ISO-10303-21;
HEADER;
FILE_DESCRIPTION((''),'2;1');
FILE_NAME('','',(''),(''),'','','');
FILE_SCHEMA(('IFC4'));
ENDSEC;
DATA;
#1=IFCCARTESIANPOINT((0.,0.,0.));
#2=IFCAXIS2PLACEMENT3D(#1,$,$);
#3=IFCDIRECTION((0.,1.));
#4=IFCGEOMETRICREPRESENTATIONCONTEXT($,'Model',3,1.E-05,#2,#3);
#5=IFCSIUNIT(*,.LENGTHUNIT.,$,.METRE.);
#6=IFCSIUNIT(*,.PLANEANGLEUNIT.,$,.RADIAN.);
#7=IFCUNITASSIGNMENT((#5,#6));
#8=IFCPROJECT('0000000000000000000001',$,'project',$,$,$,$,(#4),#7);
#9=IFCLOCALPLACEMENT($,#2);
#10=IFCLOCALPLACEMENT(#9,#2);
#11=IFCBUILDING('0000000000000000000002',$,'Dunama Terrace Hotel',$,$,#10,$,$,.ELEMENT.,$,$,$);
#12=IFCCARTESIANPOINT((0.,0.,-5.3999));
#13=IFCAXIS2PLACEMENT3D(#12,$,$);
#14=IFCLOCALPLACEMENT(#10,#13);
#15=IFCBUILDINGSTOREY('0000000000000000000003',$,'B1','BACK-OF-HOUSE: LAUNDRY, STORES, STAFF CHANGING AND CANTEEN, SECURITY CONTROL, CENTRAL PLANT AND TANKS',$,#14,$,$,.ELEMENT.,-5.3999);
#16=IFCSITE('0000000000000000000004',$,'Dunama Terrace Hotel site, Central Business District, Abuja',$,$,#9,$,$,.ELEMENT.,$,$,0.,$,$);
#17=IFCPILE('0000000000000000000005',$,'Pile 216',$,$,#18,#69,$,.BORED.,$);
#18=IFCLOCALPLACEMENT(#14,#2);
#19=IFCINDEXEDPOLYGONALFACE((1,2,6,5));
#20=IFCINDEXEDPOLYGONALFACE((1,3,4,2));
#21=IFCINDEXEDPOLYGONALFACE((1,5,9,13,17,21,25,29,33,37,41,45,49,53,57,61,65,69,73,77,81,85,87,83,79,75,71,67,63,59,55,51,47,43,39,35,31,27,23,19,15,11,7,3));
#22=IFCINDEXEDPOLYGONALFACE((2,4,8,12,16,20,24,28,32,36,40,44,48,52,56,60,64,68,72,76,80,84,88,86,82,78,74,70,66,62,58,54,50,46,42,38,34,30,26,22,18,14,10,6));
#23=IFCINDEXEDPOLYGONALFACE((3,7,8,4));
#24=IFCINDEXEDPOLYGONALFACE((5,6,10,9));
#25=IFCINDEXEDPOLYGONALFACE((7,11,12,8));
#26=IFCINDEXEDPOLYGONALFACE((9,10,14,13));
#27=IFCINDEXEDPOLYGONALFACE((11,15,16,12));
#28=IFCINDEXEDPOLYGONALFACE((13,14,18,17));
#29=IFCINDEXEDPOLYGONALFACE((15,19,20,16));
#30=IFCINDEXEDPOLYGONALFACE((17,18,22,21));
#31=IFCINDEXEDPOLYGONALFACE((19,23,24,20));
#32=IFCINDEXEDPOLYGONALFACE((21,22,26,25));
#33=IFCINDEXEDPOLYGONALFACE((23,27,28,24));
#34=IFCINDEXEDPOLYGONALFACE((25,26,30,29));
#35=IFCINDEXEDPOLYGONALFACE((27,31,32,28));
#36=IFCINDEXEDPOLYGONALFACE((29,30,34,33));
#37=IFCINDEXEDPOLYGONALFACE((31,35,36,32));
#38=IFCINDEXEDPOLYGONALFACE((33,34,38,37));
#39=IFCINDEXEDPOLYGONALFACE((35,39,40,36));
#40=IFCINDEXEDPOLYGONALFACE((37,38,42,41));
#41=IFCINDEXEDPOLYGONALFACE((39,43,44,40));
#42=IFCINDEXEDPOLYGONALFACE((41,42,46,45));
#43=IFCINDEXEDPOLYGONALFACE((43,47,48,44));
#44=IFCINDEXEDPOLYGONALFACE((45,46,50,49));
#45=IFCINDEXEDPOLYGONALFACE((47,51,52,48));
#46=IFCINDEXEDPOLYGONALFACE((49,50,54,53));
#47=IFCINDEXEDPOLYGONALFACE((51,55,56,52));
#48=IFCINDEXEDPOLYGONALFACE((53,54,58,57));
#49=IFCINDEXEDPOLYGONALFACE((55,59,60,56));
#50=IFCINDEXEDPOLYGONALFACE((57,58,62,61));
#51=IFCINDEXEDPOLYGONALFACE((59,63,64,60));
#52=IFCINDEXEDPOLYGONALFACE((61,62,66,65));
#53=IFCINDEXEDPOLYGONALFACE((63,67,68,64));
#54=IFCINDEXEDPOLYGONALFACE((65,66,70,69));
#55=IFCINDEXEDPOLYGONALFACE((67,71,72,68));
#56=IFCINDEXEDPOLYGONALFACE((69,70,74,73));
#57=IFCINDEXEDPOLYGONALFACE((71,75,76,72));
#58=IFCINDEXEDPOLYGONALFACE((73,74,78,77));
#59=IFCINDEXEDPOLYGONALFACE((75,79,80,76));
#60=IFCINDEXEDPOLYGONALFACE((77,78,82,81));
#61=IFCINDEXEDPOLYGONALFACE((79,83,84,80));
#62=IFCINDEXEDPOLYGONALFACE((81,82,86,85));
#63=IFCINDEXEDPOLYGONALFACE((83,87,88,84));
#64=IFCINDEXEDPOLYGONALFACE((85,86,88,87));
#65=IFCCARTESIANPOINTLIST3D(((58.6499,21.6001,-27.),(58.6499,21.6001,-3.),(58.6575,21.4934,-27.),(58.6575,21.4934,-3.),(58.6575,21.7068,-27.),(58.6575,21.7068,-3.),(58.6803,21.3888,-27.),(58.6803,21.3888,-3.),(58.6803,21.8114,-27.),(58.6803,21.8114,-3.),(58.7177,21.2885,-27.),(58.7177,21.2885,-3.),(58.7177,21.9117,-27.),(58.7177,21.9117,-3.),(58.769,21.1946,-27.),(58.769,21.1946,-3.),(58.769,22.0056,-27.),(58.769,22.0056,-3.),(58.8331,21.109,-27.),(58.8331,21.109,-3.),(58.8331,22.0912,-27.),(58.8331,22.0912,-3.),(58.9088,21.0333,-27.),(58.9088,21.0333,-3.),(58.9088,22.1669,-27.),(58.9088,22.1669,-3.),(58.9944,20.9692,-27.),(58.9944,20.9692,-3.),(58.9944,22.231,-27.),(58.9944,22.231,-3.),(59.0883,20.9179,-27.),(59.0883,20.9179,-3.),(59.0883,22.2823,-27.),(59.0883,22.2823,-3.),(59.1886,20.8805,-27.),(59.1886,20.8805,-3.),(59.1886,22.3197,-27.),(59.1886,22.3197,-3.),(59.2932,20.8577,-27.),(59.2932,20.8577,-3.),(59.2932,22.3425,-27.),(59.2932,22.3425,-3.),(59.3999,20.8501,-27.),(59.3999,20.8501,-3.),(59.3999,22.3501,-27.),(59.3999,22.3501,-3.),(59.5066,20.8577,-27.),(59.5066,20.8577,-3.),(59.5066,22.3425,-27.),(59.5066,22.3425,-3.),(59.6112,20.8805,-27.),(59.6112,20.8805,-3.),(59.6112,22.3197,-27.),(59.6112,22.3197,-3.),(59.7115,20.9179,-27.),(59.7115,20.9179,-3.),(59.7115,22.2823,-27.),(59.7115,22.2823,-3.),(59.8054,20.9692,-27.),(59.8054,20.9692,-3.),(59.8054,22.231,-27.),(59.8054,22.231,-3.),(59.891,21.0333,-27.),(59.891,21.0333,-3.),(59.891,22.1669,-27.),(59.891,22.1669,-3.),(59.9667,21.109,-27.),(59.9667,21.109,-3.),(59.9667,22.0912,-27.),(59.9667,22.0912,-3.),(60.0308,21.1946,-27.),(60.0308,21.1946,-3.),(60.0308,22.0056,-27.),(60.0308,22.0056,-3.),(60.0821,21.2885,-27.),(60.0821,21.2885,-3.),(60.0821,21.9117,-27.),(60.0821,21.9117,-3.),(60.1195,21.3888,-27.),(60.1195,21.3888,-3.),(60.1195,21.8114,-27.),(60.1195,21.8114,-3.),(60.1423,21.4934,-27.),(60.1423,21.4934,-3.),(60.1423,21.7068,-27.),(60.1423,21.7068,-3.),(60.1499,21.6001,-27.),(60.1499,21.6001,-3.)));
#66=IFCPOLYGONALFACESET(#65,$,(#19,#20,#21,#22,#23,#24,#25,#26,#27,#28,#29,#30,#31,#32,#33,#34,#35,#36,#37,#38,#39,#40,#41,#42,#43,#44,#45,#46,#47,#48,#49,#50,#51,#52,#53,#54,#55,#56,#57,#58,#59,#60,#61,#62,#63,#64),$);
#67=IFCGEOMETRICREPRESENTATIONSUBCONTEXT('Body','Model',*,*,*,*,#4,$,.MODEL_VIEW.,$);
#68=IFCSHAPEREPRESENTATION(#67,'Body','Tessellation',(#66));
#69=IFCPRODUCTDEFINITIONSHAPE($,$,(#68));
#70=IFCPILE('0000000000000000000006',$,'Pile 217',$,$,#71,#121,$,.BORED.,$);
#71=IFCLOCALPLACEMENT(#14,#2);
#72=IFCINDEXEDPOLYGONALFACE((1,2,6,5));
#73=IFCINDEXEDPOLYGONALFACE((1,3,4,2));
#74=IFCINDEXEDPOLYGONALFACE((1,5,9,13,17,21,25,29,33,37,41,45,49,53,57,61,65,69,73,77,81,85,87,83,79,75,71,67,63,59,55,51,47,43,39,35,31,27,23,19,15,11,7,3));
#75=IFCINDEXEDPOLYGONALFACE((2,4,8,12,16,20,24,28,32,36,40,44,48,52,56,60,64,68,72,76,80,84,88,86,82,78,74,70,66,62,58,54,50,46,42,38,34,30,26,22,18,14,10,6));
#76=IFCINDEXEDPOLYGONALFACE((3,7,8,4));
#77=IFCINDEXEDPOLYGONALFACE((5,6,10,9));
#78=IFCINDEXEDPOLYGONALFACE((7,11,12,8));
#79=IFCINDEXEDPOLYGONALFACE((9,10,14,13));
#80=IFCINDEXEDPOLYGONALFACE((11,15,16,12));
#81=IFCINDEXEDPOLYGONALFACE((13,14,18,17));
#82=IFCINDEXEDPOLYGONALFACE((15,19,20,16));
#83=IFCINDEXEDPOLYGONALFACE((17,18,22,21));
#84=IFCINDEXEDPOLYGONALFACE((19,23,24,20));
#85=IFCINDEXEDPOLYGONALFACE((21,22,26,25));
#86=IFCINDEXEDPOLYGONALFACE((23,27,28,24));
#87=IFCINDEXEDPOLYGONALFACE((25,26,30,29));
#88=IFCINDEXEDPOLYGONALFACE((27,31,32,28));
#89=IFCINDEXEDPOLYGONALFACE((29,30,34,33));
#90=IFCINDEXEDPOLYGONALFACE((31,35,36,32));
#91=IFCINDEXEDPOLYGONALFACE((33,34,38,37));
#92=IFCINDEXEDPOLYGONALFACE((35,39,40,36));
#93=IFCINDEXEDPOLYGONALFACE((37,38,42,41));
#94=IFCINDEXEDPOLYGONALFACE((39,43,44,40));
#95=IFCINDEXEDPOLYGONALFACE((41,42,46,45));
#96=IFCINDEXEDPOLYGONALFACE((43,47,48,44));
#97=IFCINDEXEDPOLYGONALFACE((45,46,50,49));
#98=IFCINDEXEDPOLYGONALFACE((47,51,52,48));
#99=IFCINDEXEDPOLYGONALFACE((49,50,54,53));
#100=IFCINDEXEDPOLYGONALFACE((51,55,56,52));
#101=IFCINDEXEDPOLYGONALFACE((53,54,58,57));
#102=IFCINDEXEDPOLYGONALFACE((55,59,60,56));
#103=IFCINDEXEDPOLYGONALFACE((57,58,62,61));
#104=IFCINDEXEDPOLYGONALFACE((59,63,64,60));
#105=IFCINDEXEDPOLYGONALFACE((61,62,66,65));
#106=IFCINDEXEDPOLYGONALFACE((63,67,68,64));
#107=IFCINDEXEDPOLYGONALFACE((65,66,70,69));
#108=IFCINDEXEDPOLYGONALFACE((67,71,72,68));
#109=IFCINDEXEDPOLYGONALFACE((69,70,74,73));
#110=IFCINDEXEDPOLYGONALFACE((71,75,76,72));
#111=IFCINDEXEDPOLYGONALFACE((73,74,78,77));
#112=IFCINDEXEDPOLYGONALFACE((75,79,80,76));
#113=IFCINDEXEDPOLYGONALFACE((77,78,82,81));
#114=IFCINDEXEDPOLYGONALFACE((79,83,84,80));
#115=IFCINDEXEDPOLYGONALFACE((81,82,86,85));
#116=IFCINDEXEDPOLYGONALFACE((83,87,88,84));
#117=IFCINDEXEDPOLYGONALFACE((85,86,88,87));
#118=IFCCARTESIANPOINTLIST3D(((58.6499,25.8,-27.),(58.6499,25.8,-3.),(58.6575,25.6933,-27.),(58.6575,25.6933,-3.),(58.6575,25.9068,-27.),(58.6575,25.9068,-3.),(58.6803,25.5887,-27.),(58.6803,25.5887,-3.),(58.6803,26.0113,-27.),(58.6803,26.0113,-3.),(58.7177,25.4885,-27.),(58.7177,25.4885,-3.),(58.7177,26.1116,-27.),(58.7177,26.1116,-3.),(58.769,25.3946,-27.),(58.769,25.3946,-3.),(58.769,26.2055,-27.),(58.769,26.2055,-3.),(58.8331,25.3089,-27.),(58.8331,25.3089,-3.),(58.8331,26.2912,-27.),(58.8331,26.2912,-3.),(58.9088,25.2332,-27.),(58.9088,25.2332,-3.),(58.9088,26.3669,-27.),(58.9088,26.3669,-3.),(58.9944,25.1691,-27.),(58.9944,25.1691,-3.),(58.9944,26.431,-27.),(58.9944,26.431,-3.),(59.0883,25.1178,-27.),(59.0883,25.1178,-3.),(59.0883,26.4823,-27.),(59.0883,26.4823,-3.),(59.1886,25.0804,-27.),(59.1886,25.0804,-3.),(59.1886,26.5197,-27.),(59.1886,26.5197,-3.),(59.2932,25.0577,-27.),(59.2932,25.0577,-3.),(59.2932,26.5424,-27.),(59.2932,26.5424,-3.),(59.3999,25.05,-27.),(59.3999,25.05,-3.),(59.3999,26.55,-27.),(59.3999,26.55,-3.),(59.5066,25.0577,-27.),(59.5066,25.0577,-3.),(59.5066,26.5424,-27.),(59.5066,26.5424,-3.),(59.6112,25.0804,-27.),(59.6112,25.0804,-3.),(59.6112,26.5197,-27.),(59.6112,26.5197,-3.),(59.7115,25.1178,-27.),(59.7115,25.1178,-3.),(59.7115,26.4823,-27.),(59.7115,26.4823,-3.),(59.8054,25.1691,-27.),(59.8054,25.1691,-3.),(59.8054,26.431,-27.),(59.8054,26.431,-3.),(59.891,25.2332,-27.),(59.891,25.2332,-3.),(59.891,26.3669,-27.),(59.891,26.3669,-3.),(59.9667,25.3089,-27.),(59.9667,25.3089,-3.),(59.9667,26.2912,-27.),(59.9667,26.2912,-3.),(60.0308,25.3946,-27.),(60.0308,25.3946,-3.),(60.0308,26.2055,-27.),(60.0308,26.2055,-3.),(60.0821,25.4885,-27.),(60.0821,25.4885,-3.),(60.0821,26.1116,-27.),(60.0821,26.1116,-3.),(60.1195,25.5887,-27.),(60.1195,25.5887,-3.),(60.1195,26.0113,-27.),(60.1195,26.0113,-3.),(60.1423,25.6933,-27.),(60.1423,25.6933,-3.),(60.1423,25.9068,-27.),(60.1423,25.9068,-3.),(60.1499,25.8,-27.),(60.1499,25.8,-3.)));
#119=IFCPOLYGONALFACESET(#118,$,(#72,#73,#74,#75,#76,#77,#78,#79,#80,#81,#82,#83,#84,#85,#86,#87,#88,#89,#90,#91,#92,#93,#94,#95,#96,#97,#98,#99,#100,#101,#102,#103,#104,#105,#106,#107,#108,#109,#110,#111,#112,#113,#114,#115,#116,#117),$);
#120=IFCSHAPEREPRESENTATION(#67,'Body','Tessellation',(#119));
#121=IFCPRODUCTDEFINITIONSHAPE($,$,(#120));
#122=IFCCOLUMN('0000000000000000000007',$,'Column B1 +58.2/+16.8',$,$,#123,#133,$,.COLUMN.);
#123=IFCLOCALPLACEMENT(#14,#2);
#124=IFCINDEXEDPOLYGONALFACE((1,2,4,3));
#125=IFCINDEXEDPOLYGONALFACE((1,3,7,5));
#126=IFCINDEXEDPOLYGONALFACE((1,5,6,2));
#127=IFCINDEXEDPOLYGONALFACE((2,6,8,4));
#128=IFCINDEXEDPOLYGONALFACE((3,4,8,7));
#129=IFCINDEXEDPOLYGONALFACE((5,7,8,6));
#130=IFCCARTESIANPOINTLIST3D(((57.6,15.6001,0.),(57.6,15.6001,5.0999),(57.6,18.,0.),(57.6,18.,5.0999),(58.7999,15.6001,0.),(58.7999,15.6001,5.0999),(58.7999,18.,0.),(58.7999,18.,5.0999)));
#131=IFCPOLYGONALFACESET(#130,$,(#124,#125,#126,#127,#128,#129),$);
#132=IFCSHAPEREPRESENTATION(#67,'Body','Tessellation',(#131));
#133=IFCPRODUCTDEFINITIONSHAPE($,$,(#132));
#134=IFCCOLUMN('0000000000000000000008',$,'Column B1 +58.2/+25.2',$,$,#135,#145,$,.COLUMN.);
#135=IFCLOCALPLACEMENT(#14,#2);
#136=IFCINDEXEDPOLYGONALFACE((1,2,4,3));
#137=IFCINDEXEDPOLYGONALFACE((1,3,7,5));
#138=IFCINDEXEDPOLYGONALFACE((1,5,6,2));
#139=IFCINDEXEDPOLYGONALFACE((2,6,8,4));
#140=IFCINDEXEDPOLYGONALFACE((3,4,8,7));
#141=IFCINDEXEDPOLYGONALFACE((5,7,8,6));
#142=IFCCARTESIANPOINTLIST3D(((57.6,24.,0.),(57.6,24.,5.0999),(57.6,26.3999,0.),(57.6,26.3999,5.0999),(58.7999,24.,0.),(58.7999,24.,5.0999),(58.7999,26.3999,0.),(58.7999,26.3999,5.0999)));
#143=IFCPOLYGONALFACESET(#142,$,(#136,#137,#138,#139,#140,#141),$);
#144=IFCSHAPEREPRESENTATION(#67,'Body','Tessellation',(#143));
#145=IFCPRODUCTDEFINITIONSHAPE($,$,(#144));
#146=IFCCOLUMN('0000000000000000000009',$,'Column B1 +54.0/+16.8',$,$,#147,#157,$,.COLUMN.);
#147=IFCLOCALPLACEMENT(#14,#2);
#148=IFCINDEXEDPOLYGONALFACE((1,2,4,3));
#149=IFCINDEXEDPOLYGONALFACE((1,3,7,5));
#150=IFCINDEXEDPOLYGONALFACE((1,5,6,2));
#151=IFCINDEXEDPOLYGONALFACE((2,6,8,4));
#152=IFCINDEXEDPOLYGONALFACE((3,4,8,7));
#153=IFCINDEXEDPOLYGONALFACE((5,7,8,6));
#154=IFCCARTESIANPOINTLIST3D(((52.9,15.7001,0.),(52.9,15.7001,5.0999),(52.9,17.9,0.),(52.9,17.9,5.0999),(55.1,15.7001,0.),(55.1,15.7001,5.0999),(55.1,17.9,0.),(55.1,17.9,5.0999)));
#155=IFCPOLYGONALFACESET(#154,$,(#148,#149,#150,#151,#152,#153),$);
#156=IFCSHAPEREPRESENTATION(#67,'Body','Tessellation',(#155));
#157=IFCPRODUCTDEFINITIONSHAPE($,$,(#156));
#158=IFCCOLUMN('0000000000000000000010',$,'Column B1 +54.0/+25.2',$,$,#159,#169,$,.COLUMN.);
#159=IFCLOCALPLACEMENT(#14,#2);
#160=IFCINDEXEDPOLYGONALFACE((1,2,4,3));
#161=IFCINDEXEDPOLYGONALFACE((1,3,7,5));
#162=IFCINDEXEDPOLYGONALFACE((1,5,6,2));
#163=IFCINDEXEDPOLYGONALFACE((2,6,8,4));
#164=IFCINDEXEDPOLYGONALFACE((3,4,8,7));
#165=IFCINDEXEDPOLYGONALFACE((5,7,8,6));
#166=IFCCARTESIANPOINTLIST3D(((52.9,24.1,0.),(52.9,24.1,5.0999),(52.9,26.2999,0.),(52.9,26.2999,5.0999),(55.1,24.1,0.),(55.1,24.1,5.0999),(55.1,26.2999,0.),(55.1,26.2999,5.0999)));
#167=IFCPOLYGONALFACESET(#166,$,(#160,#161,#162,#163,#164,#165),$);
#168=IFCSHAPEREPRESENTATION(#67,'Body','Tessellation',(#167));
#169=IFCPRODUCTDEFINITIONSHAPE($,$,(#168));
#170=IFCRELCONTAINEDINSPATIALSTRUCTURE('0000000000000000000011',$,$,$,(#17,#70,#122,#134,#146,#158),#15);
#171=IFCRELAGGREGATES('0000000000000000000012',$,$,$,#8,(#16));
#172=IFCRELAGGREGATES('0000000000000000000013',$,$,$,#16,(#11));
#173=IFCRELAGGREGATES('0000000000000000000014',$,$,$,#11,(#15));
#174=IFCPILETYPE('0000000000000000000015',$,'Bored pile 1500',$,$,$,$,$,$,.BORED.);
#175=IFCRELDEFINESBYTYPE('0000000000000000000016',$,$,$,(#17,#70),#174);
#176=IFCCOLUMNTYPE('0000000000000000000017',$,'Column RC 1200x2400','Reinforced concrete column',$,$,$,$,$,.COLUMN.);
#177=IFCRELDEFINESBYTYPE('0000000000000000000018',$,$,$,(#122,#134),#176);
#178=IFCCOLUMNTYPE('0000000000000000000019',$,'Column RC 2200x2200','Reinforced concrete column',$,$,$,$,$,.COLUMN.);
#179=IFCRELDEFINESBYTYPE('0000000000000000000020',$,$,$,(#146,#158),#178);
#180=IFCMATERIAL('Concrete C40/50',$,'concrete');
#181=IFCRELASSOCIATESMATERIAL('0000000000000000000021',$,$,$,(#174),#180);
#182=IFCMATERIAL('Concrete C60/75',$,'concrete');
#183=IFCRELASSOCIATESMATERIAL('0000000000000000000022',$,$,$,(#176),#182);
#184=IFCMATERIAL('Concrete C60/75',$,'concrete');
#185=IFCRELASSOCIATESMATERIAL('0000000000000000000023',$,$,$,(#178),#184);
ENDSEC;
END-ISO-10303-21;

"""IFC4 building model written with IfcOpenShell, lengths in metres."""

from ifc_helpers import new_model, si_unit, direction, frame, origin, origin_2d, place, context, subcontext, project, spatial, rectangle, circle, extrude, material, material_profile, profile_set, type_object, element, save


model = new_model("IFC4")

# Units and contexts
model_context = context("Model", 3, precision=1e-05, world=origin(), true_north=direction((0.0, 1.0)))
body_context = subcontext(model_context, "Body", "Model", "MODEL_VIEW")
ifc_project = project(units=[si_unit("LENGTHUNIT", "METRE"), si_unit("PLANEANGLEUNIT", "RADIAN")], contexts=[model_context])

# Site, building, storey
site_placement = place(None, origin())
site = spatial("IfcSite", under=ifc_project, at=site_placement, Name="Dunama Terrace Hotel site, Central Business District, Abuja", CompositionType="ELEMENT", RefElevation=0.0)
building_placement = place(site_placement, origin())
building = spatial("IfcBuilding", under=site, at=building_placement, Name="Dunama Terrace Hotel", CompositionType="ELEMENT")
storey_placement = place(building_placement, frame((0.0, 0.0, -5.3999)))
storey = spatial("IfcBuildingStorey", under=building, at=storey_placement, Name="B1", Description="BACK-OF-HOUSE: LAUNDRY, STORES, STAFF CHANGING AND CANTEEN, SECURITY CONTROL, CENTRAL PLANT AND TANKS", CompositionType="ELEMENT", Elevation=-5.3999)

# Piles
ifc_material_1 = material(Name="Concrete C40/50", Category="concrete")
ifc_material_profile_1 = material_profile(ifc_material_1, circle(Radius=0.75, at=origin_2d()), Name="PILE D1500")
ifc_profile_set_1 = profile_set([ifc_material_profile_1], Name="Concrete C40/50")
pile_type = type_object("IfcPileType", Name="Bored pile 1500", PredefinedType="BORED", material=ifc_profile_set_1)
for number, where, z_axis, x_axis, name in (
    (1, (59.3999, 21.6001, -3.0), (0.0, 0.0, -1.0), (1.0, 0.0, 0.0), "Pile 216"),
    (2, (59.3999, 25.8, -3.0), (0.0, 0.0, -1.0), (1.0, 0.0, 0.0), "Pile 217"),
):
    element("IfcPile", number, at=place(storey_placement, frame(where, z_axis=z_axis, x_axis=x_axis)), inside=storey, type_object=pile_type, Name=name, PredefinedType="BORED", context=body_context, shape_type="SweptSolid", body=[
        extrude(circle(Radius=0.75, at=origin_2d()), origin(), (0.0, 0.0, 1.0), 24.0),
    ])

# Columns
ifc_material_2 = material(Name="Concrete C60/75", Category="concrete")
ifc_material_profile_2 = material_profile(ifc_material_2, rectangle(XDim=1.2, YDim=2.3999, at=origin_2d()), Name="RC 1200x2400")
ifc_profile_set_2 = profile_set([ifc_material_profile_2], Name="Concrete C60/75")
column_type_1 = type_object("IfcColumnType", Name="Column RC 1200x2400", Description="Reinforced concrete column", PredefinedType="COLUMN", material=ifc_profile_set_2)
for number, where, z_axis, x_axis, name in (
    (3, (58.2, 16.8, 0.0), (0.0, 0.0, 1.0), (1.0, 0.0, 0.0), "Column B1 +58.2/+16.8"),
    (4, (58.2, 25.2, 0.0), (0.0, 0.0, 1.0), (1.0, 0.0, 0.0), "Column B1 +58.2/+25.2"),
):
    element("IfcColumn", number, at=place(storey_placement, frame(where, z_axis=z_axis, x_axis=x_axis)), inside=storey, type_object=column_type_1, Name=name, PredefinedType="COLUMN", context=body_context, shape_type="SweptSolid", body=[
        extrude(rectangle(XDim=1.2, YDim=2.3999, at=origin_2d()), origin(), (0.0, 0.0, 1.0), 5.0999),
    ])
ifc_material_3 = material(Name="Concrete C60/75", Category="concrete")
ifc_material_profile_3 = material_profile(ifc_material_3, rectangle(XDim=2.2, YDim=2.2, at=origin_2d()), Name="RC 2200x2200")
ifc_profile_set_3 = profile_set([ifc_material_profile_3], Name="Concrete C60/75")
column_type_2 = type_object("IfcColumnType", Name="Column RC 2200x2200", Description="Reinforced concrete column", PredefinedType="COLUMN", material=ifc_profile_set_3)
for number, where, z_axis, x_axis, name in (
    (5, (54.0, 16.8, 0.0), (0.0, 0.0, 1.0), (1.0, 0.0, 0.0), "Column B1 +54.0/+16.8"),
    (6, (54.0, 25.2, 0.0), (0.0, 0.0, 1.0), (1.0, 0.0, 0.0), "Column B1 +54.0/+25.2"),
):
    element("IfcColumn", number, at=place(storey_placement, frame(where, z_axis=z_axis, x_axis=x_axis)), inside=storey, type_object=column_type_2, Name=name, PredefinedType="COLUMN", context=body_context, shape_type="SweptSolid", body=[
        extrude(rectangle(XDim=2.2, YDim=2.2, at=origin_2d()), origin(), (0.0, 0.0, 1.0), 5.0999),
    ])

save(model, "model.ifc")
